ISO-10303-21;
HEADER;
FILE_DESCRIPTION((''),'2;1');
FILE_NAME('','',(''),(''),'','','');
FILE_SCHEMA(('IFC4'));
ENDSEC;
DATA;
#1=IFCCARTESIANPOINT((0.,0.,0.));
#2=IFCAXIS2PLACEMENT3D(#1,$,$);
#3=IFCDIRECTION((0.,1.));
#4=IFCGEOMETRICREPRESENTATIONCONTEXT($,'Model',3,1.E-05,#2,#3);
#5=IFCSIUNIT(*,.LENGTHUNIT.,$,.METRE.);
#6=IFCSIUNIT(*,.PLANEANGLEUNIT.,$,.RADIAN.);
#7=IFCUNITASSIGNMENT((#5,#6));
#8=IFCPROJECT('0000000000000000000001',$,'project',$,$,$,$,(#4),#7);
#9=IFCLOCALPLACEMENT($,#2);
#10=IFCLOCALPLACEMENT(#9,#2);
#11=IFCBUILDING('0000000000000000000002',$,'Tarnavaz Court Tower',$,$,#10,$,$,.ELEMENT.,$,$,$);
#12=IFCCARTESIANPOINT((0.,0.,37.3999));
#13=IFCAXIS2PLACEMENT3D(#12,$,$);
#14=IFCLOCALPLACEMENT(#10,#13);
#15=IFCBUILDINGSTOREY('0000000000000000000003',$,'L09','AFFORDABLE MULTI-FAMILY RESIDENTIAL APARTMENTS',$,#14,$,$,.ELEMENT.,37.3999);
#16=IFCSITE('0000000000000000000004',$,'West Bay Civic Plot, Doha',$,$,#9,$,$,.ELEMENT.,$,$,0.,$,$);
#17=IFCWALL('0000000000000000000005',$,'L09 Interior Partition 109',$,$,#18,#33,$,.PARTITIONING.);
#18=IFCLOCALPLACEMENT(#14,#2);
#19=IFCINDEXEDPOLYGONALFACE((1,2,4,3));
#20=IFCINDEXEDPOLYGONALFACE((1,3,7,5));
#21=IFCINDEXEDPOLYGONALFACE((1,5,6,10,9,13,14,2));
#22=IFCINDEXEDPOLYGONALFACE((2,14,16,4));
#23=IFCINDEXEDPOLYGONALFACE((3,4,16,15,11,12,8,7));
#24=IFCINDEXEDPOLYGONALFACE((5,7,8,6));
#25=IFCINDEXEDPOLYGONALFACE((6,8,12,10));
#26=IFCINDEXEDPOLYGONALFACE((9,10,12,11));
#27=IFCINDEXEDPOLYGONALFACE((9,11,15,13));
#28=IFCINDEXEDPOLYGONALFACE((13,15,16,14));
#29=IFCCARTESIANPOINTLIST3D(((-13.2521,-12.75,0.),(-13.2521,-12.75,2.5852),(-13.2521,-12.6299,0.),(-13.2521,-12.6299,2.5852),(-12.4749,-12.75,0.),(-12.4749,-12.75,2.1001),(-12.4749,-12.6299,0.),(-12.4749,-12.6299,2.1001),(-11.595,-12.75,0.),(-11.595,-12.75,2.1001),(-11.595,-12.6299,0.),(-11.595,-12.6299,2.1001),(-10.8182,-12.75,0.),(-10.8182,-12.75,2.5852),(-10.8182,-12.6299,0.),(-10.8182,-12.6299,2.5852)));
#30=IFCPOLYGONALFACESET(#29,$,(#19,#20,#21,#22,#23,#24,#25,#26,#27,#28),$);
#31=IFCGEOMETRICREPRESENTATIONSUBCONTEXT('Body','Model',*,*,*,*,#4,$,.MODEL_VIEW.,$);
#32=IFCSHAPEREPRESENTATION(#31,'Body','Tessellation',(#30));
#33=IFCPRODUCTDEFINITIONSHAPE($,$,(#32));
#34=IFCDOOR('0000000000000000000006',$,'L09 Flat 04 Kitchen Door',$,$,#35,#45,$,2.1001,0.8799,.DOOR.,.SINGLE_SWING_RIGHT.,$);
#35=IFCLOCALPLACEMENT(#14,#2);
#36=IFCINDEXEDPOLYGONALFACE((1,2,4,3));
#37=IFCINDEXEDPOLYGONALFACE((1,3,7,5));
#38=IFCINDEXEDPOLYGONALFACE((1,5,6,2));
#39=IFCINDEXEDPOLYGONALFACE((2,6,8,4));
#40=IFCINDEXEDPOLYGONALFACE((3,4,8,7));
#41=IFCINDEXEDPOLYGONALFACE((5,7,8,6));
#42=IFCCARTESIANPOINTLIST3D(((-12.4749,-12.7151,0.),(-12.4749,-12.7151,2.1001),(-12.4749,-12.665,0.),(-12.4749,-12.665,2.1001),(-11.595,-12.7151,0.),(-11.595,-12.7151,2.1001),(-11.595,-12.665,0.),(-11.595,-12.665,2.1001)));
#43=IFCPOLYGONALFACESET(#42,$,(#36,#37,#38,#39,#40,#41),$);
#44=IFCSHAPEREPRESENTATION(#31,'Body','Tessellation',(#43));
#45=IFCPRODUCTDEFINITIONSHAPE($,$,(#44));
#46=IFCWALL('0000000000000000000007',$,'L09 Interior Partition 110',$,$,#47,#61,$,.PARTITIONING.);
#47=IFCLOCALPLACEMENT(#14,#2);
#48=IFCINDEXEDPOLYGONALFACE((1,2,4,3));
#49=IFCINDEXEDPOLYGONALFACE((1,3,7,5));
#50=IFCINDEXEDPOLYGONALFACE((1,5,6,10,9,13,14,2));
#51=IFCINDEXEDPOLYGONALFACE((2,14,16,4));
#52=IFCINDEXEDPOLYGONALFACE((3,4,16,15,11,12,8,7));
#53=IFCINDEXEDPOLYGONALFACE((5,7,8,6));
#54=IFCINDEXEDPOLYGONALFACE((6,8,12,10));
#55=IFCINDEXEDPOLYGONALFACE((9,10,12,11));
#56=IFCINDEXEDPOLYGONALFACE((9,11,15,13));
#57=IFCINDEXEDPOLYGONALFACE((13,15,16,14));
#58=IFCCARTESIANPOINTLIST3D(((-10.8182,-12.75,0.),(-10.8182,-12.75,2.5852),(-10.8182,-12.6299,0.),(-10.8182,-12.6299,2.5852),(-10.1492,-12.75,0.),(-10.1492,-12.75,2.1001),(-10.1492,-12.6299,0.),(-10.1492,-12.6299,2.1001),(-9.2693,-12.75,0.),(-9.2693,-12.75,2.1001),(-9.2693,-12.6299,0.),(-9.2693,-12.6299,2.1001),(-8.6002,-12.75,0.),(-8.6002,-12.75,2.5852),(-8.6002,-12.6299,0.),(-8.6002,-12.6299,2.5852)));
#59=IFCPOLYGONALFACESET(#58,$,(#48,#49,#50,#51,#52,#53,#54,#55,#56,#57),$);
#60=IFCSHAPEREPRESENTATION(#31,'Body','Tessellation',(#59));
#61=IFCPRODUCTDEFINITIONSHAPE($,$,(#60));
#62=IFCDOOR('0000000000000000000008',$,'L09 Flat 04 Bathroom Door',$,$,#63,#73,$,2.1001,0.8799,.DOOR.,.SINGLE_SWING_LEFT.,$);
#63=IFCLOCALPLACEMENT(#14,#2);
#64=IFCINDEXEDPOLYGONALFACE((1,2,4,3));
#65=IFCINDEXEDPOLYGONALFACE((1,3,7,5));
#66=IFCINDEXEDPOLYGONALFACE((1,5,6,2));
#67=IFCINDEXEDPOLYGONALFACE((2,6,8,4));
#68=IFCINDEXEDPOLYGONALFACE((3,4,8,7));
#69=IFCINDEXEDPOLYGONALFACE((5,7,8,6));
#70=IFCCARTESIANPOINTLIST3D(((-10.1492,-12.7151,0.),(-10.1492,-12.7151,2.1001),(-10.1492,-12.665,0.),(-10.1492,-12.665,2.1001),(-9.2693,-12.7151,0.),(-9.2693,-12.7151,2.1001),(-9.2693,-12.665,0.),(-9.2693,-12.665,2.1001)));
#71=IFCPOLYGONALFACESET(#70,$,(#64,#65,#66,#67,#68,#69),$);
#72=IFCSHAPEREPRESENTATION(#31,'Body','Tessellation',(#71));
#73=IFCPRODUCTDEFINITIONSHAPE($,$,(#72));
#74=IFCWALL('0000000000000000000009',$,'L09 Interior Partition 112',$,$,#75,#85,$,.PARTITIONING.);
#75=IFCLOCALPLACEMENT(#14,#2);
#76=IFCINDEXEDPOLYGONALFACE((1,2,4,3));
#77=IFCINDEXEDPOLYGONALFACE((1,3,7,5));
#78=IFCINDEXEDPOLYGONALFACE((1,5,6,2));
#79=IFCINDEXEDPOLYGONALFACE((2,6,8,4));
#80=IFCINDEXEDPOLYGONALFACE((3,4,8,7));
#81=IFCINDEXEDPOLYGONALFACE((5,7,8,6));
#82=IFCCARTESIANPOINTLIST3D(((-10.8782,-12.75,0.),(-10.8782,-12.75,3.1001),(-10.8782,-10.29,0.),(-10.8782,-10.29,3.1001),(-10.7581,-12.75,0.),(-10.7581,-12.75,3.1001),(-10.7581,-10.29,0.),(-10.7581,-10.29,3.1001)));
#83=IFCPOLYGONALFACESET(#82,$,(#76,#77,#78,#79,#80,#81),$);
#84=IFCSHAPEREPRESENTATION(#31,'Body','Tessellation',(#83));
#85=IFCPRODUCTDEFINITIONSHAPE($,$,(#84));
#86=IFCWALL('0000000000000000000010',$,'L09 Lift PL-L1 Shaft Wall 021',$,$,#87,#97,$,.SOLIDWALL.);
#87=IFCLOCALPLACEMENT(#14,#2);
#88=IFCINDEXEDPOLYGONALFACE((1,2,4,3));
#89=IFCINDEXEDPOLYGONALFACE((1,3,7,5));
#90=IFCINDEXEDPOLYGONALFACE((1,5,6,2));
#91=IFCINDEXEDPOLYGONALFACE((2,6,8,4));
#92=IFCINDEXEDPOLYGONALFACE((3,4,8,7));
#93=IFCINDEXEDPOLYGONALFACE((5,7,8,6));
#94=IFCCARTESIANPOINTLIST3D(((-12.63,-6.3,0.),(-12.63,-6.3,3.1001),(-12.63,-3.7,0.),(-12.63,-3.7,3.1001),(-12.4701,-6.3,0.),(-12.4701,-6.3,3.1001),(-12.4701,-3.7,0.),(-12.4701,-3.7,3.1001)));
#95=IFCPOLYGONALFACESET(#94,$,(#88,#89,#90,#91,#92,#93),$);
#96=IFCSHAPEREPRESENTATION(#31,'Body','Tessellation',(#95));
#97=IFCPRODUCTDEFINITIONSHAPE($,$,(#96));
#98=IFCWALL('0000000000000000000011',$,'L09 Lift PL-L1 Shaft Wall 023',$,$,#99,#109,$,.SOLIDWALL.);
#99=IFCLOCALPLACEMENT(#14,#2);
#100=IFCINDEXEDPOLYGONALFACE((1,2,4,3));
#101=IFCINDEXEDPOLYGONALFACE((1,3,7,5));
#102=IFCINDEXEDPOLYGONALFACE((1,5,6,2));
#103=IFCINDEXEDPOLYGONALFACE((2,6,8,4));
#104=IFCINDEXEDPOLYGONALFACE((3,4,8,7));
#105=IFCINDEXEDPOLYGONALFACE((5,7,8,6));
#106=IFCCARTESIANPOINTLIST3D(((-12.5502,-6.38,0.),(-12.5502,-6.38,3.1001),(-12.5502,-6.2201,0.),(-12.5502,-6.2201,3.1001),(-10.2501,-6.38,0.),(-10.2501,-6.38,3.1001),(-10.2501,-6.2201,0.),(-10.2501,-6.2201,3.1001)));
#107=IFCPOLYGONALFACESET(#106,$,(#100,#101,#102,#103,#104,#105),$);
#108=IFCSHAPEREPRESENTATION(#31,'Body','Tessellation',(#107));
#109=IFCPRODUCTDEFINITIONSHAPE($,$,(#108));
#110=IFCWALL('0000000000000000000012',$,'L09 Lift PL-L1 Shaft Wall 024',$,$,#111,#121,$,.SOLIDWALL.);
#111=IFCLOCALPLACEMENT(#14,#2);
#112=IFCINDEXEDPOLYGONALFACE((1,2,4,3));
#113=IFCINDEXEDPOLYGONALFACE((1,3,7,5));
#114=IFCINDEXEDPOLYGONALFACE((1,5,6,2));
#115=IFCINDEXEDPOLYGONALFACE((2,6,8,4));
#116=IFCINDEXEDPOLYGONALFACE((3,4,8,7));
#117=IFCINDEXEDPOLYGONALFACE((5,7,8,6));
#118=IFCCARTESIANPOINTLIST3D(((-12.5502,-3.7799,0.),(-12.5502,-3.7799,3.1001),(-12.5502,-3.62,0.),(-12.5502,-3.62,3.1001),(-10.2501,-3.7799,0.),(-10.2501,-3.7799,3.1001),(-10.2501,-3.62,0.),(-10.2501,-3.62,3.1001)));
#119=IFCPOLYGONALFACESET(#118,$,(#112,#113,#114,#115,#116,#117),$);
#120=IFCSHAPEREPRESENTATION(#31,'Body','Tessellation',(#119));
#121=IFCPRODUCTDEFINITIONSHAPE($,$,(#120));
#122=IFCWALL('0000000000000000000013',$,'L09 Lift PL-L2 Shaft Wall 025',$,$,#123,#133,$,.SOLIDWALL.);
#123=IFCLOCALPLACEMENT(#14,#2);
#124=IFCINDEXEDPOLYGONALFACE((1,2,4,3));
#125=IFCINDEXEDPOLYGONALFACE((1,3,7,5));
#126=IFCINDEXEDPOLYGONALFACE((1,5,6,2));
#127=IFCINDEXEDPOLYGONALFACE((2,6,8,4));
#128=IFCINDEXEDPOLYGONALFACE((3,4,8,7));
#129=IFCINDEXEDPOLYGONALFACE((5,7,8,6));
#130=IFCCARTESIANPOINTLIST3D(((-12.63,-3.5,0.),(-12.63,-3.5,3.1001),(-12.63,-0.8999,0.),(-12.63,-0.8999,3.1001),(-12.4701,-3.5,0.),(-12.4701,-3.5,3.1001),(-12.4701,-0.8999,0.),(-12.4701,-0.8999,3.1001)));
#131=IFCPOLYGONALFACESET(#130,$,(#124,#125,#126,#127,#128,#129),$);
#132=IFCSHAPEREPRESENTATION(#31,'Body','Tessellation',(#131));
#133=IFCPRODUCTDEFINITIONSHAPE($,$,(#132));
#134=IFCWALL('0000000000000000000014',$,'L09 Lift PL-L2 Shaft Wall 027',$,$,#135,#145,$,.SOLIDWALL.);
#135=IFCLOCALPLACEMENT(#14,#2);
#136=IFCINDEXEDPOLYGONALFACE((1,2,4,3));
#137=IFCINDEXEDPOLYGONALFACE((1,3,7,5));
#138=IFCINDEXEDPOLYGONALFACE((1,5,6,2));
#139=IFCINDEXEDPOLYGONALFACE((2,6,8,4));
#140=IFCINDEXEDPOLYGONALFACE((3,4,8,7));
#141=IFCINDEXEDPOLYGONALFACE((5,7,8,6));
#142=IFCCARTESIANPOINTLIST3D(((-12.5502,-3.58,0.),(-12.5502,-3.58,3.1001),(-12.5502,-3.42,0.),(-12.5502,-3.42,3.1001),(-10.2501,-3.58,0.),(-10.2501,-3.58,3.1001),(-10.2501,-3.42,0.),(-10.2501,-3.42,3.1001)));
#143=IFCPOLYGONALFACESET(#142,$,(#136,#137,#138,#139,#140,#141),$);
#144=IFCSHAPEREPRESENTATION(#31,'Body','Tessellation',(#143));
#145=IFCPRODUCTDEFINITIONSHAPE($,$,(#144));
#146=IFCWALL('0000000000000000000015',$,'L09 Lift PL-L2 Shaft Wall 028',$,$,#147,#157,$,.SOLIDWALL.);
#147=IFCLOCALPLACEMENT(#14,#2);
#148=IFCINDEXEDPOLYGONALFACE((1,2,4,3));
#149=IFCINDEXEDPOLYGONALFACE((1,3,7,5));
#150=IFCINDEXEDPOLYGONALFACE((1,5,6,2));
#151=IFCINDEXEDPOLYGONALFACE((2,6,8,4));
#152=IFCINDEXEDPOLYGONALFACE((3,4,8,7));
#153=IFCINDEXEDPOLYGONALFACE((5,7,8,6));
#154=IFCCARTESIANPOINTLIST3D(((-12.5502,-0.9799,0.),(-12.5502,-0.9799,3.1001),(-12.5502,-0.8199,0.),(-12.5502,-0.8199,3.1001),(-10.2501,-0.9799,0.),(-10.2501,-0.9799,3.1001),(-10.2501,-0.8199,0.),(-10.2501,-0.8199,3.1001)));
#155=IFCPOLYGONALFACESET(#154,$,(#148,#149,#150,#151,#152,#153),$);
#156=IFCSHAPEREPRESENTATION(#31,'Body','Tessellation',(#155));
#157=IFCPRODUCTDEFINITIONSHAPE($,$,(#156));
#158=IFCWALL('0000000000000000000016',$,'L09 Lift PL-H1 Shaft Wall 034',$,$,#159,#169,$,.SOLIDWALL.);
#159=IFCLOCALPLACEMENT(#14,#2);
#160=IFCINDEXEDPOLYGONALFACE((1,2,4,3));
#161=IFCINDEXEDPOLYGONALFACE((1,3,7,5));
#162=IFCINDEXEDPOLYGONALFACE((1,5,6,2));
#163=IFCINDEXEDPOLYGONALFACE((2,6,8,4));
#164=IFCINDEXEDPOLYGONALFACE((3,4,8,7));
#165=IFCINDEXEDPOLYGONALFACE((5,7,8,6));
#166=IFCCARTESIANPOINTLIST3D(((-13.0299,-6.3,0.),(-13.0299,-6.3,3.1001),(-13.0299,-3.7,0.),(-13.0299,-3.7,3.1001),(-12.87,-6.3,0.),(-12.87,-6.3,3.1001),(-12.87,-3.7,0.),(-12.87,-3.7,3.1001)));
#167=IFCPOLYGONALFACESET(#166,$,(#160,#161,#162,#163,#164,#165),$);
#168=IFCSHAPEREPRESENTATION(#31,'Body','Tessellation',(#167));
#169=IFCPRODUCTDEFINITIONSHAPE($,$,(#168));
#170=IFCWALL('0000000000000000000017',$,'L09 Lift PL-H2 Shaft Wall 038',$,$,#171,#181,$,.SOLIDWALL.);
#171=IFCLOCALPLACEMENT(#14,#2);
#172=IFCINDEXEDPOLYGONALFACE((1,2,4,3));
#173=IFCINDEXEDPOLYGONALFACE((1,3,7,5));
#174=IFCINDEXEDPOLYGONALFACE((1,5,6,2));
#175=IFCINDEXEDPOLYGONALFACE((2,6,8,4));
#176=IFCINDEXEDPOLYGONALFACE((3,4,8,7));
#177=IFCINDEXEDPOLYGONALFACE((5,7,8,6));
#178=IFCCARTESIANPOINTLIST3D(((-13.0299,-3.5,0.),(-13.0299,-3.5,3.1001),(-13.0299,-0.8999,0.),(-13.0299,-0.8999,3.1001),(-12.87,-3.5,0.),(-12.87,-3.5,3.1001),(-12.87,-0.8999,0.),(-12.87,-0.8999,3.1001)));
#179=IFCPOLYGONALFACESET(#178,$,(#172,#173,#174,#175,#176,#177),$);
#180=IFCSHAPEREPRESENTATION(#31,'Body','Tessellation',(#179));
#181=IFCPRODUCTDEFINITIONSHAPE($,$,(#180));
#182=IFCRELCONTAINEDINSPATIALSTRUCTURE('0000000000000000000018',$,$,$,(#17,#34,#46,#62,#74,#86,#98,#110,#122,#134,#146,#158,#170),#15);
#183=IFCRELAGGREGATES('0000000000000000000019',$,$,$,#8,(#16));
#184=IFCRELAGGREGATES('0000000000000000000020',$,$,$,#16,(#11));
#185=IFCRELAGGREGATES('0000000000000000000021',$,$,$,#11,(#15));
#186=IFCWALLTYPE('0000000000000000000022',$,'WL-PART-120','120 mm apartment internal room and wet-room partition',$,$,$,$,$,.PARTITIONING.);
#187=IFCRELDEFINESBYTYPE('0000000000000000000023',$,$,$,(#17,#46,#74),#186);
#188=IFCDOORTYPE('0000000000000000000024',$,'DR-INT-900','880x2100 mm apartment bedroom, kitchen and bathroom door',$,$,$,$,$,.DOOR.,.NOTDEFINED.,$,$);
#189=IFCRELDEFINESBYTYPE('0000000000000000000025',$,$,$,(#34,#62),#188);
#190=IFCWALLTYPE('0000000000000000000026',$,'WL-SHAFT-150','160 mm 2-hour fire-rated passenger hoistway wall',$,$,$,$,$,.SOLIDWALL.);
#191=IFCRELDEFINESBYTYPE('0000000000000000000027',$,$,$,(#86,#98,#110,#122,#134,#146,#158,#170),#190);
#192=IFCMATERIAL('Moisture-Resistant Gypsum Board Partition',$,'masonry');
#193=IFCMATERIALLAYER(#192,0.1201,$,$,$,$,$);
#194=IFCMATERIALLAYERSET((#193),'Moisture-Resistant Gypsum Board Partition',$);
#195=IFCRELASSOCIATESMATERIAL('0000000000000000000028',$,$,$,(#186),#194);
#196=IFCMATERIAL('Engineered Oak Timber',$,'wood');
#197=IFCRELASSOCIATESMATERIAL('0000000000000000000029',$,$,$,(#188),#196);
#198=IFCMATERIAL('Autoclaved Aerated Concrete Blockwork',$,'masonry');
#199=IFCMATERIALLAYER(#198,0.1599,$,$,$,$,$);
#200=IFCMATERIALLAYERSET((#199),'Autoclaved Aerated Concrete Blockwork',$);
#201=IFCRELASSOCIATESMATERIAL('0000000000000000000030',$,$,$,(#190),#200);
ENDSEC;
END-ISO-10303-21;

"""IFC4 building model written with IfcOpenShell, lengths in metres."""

from ifc_helpers import new_model, si_unit, direction, frame, frame_2d, origin, place, context, subcontext, project, spatial, rectangle, extrude, material, layer, layer_set, type_object, element, fill, save


model = new_model("IFC4")

# Units and contexts
model_context = context("Model", 3, precision=1e-05, world=origin(), true_north=direction((0.0, 1.0)))
body_context = subcontext(model_context, "Body", "Model", "MODEL_VIEW")
ifc_project = project(units=[si_unit("LENGTHUNIT", "METRE"), si_unit("PLANEANGLEUNIT", "RADIAN")], contexts=[model_context])

# Site, building, storey
site_placement = place(None, origin())
site = spatial("IfcSite", under=ifc_project, at=site_placement, Name="West Bay Civic Plot, Doha", CompositionType="ELEMENT", RefElevation=0.0)
building_placement = place(site_placement, origin())
building = spatial("IfcBuilding", under=site, at=building_placement, Name="Tarnavaz Court Tower", CompositionType="ELEMENT")
storey_placement = place(building_placement, frame((0.0, 0.0, 37.3999)))
storey = spatial("IfcBuildingStorey", under=building, at=storey_placement, Name="L09", Description="AFFORDABLE MULTI-FAMILY RESIDENTIAL APARTMENTS", CompositionType="ELEMENT", Elevation=37.3999)

# Walls, openings, doors
ifc_material_1 = material(Name="Moisture-Resistant Gypsum Board Partition", Category="masonry")
ifc_layer_1 = layer(ifc_material_1, 0.1201)
ifc_layer_set_1 = layer_set([ifc_layer_1], Name="Moisture-Resistant Gypsum Board Partition")
wall_type_1 = type_object("IfcWallType", Name="WL-PART-120", Description="120 mm apartment internal room and wet-room partition", PredefinedType="PARTITIONING", material=ifc_layer_set_1)
wall_1_placement = place(storey_placement, frame((-13.252, -12.6899, 0.0), z_axis=(0.0, 0.0, 1.0), x_axis=(1.0, 0.0, 0.0)))
wall_1 = element("IfcWall", 1, at=wall_1_placement, inside=storey, type_object=wall_type_1, Name="L09 Interior Partition 109", PredefinedType="PARTITIONING", context=body_context, shape_type="SweptSolid", body=[
    extrude(rectangle(XDim=2.4338, YDim=0.1201, at=frame_2d((1.2168, 0.0))), origin(), (0.0, 0.0, 1.0), 2.5852),
])
opening_1_placement = place(wall_1_placement, frame((0.7771, 0.0, 0.0)))
opening_1 = element("IfcOpeningElement", 2, at=opening_1_placement, cuts=wall_1, PredefinedType="OPENING", context=body_context, shape_type="SweptSolid", body=[
    extrude(rectangle(XDim=0.8799, YDim=2.1001, at=frame_2d((0.4399, 1.05))), frame((0.0, 0.0701, 0.0), z_axis=(0.0, -1.0, 0.0), x_axis=(1.0, 0.0, 0.0)), (0.0, 0.0, 1.0), 0.1401),
])
ifc_material_2 = material(Name="Engineered Oak Timber", Category="wood")
door_type_1 = type_object("IfcDoorType", Name="DR-INT-900", Description="880x2100 mm apartment bedroom, kitchen and bathroom door", OperationType="NOTDEFINED", PredefinedType="DOOR", material=ifc_material_2)
door_1_placement = place(opening_1_placement, origin())
door_1 = element("IfcDoor", 3, at=door_1_placement, inside=storey, type_object=door_type_1, Name="L09 Flat 04 Kitchen Door", OperationType="SINGLE_SWING_RIGHT", OverallHeight=2.1001, OverallWidth=0.8799, PredefinedType="DOOR", context=body_context, shape_type="SweptSolid", body=[
    extrude(rectangle(XDim=0.8799, YDim=2.1001, at=frame_2d((0.4399, 1.05))), frame((0.0, 0.0249, 0.0), z_axis=(0.0, -1.0, 0.0), x_axis=(1.0, 0.0, 0.0)), (0.0, 0.0, 1.0), 0.05),
])
fill(opening_1, door_1)
wall_2_placement = place(storey_placement, frame((-10.8181, -12.6899, 0.0), z_axis=(0.0, 0.0, 1.0), x_axis=(1.0, 0.0, 0.0)))
wall_2 = element("IfcWall", 4, at=wall_2_placement, inside=storey, type_object=wall_type_1, Name="L09 Interior Partition 110", PredefinedType="PARTITIONING", context=body_context, shape_type="SweptSolid", body=[
    extrude(rectangle(XDim=2.218, YDim=0.1201, at=frame_2d((1.1089, 0.0))), origin(), (0.0, 0.0, 1.0), 2.5852),
])
opening_2_placement = place(wall_2_placement, frame((0.6689, 0.0, 0.0)))
opening_2 = element("IfcOpeningElement", 5, at=opening_2_placement, cuts=wall_2, PredefinedType="OPENING", context=body_context, shape_type="SweptSolid", body=[
    extrude(rectangle(XDim=0.8799, YDim=2.1001, at=frame_2d((0.4399, 1.05))), frame((0.0, 0.0701, 0.0), z_axis=(0.0, -1.0, 0.0), x_axis=(1.0, 0.0, 0.0)), (0.0, 0.0, 1.0), 0.1401),
])
door_2_placement = place(opening_2_placement, origin())
door_2 = element("IfcDoor", 6, at=door_2_placement, inside=storey, type_object=door_type_1, Name="L09 Flat 04 Bathroom Door", OperationType="SINGLE_SWING_LEFT", OverallHeight=2.1001, OverallWidth=0.8799, PredefinedType="DOOR", context=body_context, shape_type="SweptSolid", body=[
    extrude(rectangle(XDim=0.8799, YDim=2.1001, at=frame_2d((0.4399, 1.05))), frame((0.0, 0.0249, 0.0), z_axis=(0.0, -1.0, 0.0), x_axis=(1.0, 0.0, 0.0)), (0.0, 0.0, 1.0), 0.05),
])
fill(opening_2, door_2)

# Walls
wall_3_placement = place(storey_placement, frame((-10.8181, -12.75, 0.0), z_axis=(0.0, 0.0, 1.0), x_axis=(0.0, 1.0, 0.0)))
element("IfcWall", 7, at=wall_3_placement, inside=storey, type_object=wall_type_1, Name="L09 Interior Partition 112", PredefinedType="PARTITIONING", context=body_context, shape_type="SweptSolid", body=[
    extrude(rectangle(XDim=2.46, YDim=0.1201, at=frame_2d((1.23, 0.0))), origin(), (0.0, 0.0, 1.0), 3.1001),
])
ifc_material_3 = material(Name="Autoclaved Aerated Concrete Blockwork", Category="masonry")
ifc_layer_2 = layer(ifc_material_3, 0.1599)
ifc_layer_set_2 = layer_set([ifc_layer_2], Name="Autoclaved Aerated Concrete Blockwork")
wall_type_2 = type_object("IfcWallType", Name="WL-SHAFT-150", Description="160 mm 2-hour fire-rated passenger hoistway wall", PredefinedType="SOLIDWALL", material=ifc_layer_set_2)
wall_4_placement = place(storey_placement, frame((-12.55, -6.3, 0.0), z_axis=(0.0, 0.0, 1.0), x_axis=(0.0, 1.0, 0.0)))
element("IfcWall", 8, at=wall_4_placement, inside=storey, type_object=wall_type_2, Name="L09 Lift PL-L1 Shaft Wall 021", PredefinedType="SOLIDWALL", context=body_context, shape_type="SweptSolid", body=[
    extrude(rectangle(XDim=2.6001, YDim=0.1599, at=frame_2d((1.3, 0.0))), origin(), (0.0, 0.0, 1.0), 3.1001),
])

# Walls
for number, where, z_axis, x_axis, name in (
    (9, (-12.55, -6.3, 0.0), (0.0, 0.0, 1.0), (1.0, 0.0, 0.0), "L09 Lift PL-L1 Shaft Wall 023"),
    (10, (-12.55, -3.7, 0.0), (0.0, 0.0, 1.0), (1.0, 0.0, 0.0), "L09 Lift PL-L1 Shaft Wall 024"),
):
    element("IfcWall", number, at=place(storey_placement, frame(where, z_axis=z_axis, x_axis=x_axis)), inside=storey, type_object=wall_type_2, Name=name, PredefinedType="SOLIDWALL", context=body_context, shape_type="SweptSolid", body=[
        extrude(rectangle(XDim=2.3, YDim=0.1599, at=frame_2d((1.1499, 0.0))), origin(), (0.0, 0.0, 1.0), 3.1001),
    ])
wall_5_placement = place(storey_placement, frame((-12.55, -3.5, 0.0), z_axis=(0.0, 0.0, 1.0), x_axis=(0.0, 1.0, 0.0)))
element("IfcWall", 11, at=wall_5_placement, inside=storey, type_object=wall_type_2, Name="L09 Lift PL-L2 Shaft Wall 025", PredefinedType="SOLIDWALL", context=body_context, shape_type="SweptSolid", body=[
    extrude(rectangle(XDim=2.6001, YDim=0.1599, at=frame_2d((1.3, 0.0))), origin(), (0.0, 0.0, 1.0), 3.1001),
])

# Walls
for number, where, z_axis, x_axis, name in (
    (12, (-12.55, -3.5, 0.0), (0.0, 0.0, 1.0), (1.0, 0.0, 0.0), "L09 Lift PL-L2 Shaft Wall 027"),
    (13, (-12.55, -0.8999, 0.0), (0.0, 0.0, 1.0), (1.0, 0.0, 0.0), "L09 Lift PL-L2 Shaft Wall 028"),
):
    element("IfcWall", number, at=place(storey_placement, frame(where, z_axis=z_axis, x_axis=x_axis)), inside=storey, type_object=wall_type_2, Name=name, PredefinedType="SOLIDWALL", context=body_context, shape_type="SweptSolid", body=[
        extrude(rectangle(XDim=2.3, YDim=0.1599, at=frame_2d((1.1499, 0.0))), origin(), (0.0, 0.0, 1.0), 3.1001),
    ])
for number, where, z_axis, x_axis, name in (
    (14, (-12.95, -6.3, 0.0), (0.0, 0.0, 1.0), (0.0, 1.0, 0.0), "L09 Lift PL-H1 Shaft Wall 034"),
    (15, (-12.95, -3.5, 0.0), (0.0, 0.0, 1.0), (0.0, 1.0, 0.0), "L09 Lift PL-H2 Shaft Wall 038"),
):
    element("IfcWall", number, at=place(storey_placement, frame(where, z_axis=z_axis, x_axis=x_axis)), inside=storey, type_object=wall_type_2, Name=name, PredefinedType="SOLIDWALL", context=body_context, shape_type="SweptSolid", body=[
        extrude(rectangle(XDim=2.6001, YDim=0.1599, at=frame_2d((1.3, 0.0))), origin(), (0.0, 0.0, 1.0), 3.1001),
    ])

save(model, "model.ifc")
